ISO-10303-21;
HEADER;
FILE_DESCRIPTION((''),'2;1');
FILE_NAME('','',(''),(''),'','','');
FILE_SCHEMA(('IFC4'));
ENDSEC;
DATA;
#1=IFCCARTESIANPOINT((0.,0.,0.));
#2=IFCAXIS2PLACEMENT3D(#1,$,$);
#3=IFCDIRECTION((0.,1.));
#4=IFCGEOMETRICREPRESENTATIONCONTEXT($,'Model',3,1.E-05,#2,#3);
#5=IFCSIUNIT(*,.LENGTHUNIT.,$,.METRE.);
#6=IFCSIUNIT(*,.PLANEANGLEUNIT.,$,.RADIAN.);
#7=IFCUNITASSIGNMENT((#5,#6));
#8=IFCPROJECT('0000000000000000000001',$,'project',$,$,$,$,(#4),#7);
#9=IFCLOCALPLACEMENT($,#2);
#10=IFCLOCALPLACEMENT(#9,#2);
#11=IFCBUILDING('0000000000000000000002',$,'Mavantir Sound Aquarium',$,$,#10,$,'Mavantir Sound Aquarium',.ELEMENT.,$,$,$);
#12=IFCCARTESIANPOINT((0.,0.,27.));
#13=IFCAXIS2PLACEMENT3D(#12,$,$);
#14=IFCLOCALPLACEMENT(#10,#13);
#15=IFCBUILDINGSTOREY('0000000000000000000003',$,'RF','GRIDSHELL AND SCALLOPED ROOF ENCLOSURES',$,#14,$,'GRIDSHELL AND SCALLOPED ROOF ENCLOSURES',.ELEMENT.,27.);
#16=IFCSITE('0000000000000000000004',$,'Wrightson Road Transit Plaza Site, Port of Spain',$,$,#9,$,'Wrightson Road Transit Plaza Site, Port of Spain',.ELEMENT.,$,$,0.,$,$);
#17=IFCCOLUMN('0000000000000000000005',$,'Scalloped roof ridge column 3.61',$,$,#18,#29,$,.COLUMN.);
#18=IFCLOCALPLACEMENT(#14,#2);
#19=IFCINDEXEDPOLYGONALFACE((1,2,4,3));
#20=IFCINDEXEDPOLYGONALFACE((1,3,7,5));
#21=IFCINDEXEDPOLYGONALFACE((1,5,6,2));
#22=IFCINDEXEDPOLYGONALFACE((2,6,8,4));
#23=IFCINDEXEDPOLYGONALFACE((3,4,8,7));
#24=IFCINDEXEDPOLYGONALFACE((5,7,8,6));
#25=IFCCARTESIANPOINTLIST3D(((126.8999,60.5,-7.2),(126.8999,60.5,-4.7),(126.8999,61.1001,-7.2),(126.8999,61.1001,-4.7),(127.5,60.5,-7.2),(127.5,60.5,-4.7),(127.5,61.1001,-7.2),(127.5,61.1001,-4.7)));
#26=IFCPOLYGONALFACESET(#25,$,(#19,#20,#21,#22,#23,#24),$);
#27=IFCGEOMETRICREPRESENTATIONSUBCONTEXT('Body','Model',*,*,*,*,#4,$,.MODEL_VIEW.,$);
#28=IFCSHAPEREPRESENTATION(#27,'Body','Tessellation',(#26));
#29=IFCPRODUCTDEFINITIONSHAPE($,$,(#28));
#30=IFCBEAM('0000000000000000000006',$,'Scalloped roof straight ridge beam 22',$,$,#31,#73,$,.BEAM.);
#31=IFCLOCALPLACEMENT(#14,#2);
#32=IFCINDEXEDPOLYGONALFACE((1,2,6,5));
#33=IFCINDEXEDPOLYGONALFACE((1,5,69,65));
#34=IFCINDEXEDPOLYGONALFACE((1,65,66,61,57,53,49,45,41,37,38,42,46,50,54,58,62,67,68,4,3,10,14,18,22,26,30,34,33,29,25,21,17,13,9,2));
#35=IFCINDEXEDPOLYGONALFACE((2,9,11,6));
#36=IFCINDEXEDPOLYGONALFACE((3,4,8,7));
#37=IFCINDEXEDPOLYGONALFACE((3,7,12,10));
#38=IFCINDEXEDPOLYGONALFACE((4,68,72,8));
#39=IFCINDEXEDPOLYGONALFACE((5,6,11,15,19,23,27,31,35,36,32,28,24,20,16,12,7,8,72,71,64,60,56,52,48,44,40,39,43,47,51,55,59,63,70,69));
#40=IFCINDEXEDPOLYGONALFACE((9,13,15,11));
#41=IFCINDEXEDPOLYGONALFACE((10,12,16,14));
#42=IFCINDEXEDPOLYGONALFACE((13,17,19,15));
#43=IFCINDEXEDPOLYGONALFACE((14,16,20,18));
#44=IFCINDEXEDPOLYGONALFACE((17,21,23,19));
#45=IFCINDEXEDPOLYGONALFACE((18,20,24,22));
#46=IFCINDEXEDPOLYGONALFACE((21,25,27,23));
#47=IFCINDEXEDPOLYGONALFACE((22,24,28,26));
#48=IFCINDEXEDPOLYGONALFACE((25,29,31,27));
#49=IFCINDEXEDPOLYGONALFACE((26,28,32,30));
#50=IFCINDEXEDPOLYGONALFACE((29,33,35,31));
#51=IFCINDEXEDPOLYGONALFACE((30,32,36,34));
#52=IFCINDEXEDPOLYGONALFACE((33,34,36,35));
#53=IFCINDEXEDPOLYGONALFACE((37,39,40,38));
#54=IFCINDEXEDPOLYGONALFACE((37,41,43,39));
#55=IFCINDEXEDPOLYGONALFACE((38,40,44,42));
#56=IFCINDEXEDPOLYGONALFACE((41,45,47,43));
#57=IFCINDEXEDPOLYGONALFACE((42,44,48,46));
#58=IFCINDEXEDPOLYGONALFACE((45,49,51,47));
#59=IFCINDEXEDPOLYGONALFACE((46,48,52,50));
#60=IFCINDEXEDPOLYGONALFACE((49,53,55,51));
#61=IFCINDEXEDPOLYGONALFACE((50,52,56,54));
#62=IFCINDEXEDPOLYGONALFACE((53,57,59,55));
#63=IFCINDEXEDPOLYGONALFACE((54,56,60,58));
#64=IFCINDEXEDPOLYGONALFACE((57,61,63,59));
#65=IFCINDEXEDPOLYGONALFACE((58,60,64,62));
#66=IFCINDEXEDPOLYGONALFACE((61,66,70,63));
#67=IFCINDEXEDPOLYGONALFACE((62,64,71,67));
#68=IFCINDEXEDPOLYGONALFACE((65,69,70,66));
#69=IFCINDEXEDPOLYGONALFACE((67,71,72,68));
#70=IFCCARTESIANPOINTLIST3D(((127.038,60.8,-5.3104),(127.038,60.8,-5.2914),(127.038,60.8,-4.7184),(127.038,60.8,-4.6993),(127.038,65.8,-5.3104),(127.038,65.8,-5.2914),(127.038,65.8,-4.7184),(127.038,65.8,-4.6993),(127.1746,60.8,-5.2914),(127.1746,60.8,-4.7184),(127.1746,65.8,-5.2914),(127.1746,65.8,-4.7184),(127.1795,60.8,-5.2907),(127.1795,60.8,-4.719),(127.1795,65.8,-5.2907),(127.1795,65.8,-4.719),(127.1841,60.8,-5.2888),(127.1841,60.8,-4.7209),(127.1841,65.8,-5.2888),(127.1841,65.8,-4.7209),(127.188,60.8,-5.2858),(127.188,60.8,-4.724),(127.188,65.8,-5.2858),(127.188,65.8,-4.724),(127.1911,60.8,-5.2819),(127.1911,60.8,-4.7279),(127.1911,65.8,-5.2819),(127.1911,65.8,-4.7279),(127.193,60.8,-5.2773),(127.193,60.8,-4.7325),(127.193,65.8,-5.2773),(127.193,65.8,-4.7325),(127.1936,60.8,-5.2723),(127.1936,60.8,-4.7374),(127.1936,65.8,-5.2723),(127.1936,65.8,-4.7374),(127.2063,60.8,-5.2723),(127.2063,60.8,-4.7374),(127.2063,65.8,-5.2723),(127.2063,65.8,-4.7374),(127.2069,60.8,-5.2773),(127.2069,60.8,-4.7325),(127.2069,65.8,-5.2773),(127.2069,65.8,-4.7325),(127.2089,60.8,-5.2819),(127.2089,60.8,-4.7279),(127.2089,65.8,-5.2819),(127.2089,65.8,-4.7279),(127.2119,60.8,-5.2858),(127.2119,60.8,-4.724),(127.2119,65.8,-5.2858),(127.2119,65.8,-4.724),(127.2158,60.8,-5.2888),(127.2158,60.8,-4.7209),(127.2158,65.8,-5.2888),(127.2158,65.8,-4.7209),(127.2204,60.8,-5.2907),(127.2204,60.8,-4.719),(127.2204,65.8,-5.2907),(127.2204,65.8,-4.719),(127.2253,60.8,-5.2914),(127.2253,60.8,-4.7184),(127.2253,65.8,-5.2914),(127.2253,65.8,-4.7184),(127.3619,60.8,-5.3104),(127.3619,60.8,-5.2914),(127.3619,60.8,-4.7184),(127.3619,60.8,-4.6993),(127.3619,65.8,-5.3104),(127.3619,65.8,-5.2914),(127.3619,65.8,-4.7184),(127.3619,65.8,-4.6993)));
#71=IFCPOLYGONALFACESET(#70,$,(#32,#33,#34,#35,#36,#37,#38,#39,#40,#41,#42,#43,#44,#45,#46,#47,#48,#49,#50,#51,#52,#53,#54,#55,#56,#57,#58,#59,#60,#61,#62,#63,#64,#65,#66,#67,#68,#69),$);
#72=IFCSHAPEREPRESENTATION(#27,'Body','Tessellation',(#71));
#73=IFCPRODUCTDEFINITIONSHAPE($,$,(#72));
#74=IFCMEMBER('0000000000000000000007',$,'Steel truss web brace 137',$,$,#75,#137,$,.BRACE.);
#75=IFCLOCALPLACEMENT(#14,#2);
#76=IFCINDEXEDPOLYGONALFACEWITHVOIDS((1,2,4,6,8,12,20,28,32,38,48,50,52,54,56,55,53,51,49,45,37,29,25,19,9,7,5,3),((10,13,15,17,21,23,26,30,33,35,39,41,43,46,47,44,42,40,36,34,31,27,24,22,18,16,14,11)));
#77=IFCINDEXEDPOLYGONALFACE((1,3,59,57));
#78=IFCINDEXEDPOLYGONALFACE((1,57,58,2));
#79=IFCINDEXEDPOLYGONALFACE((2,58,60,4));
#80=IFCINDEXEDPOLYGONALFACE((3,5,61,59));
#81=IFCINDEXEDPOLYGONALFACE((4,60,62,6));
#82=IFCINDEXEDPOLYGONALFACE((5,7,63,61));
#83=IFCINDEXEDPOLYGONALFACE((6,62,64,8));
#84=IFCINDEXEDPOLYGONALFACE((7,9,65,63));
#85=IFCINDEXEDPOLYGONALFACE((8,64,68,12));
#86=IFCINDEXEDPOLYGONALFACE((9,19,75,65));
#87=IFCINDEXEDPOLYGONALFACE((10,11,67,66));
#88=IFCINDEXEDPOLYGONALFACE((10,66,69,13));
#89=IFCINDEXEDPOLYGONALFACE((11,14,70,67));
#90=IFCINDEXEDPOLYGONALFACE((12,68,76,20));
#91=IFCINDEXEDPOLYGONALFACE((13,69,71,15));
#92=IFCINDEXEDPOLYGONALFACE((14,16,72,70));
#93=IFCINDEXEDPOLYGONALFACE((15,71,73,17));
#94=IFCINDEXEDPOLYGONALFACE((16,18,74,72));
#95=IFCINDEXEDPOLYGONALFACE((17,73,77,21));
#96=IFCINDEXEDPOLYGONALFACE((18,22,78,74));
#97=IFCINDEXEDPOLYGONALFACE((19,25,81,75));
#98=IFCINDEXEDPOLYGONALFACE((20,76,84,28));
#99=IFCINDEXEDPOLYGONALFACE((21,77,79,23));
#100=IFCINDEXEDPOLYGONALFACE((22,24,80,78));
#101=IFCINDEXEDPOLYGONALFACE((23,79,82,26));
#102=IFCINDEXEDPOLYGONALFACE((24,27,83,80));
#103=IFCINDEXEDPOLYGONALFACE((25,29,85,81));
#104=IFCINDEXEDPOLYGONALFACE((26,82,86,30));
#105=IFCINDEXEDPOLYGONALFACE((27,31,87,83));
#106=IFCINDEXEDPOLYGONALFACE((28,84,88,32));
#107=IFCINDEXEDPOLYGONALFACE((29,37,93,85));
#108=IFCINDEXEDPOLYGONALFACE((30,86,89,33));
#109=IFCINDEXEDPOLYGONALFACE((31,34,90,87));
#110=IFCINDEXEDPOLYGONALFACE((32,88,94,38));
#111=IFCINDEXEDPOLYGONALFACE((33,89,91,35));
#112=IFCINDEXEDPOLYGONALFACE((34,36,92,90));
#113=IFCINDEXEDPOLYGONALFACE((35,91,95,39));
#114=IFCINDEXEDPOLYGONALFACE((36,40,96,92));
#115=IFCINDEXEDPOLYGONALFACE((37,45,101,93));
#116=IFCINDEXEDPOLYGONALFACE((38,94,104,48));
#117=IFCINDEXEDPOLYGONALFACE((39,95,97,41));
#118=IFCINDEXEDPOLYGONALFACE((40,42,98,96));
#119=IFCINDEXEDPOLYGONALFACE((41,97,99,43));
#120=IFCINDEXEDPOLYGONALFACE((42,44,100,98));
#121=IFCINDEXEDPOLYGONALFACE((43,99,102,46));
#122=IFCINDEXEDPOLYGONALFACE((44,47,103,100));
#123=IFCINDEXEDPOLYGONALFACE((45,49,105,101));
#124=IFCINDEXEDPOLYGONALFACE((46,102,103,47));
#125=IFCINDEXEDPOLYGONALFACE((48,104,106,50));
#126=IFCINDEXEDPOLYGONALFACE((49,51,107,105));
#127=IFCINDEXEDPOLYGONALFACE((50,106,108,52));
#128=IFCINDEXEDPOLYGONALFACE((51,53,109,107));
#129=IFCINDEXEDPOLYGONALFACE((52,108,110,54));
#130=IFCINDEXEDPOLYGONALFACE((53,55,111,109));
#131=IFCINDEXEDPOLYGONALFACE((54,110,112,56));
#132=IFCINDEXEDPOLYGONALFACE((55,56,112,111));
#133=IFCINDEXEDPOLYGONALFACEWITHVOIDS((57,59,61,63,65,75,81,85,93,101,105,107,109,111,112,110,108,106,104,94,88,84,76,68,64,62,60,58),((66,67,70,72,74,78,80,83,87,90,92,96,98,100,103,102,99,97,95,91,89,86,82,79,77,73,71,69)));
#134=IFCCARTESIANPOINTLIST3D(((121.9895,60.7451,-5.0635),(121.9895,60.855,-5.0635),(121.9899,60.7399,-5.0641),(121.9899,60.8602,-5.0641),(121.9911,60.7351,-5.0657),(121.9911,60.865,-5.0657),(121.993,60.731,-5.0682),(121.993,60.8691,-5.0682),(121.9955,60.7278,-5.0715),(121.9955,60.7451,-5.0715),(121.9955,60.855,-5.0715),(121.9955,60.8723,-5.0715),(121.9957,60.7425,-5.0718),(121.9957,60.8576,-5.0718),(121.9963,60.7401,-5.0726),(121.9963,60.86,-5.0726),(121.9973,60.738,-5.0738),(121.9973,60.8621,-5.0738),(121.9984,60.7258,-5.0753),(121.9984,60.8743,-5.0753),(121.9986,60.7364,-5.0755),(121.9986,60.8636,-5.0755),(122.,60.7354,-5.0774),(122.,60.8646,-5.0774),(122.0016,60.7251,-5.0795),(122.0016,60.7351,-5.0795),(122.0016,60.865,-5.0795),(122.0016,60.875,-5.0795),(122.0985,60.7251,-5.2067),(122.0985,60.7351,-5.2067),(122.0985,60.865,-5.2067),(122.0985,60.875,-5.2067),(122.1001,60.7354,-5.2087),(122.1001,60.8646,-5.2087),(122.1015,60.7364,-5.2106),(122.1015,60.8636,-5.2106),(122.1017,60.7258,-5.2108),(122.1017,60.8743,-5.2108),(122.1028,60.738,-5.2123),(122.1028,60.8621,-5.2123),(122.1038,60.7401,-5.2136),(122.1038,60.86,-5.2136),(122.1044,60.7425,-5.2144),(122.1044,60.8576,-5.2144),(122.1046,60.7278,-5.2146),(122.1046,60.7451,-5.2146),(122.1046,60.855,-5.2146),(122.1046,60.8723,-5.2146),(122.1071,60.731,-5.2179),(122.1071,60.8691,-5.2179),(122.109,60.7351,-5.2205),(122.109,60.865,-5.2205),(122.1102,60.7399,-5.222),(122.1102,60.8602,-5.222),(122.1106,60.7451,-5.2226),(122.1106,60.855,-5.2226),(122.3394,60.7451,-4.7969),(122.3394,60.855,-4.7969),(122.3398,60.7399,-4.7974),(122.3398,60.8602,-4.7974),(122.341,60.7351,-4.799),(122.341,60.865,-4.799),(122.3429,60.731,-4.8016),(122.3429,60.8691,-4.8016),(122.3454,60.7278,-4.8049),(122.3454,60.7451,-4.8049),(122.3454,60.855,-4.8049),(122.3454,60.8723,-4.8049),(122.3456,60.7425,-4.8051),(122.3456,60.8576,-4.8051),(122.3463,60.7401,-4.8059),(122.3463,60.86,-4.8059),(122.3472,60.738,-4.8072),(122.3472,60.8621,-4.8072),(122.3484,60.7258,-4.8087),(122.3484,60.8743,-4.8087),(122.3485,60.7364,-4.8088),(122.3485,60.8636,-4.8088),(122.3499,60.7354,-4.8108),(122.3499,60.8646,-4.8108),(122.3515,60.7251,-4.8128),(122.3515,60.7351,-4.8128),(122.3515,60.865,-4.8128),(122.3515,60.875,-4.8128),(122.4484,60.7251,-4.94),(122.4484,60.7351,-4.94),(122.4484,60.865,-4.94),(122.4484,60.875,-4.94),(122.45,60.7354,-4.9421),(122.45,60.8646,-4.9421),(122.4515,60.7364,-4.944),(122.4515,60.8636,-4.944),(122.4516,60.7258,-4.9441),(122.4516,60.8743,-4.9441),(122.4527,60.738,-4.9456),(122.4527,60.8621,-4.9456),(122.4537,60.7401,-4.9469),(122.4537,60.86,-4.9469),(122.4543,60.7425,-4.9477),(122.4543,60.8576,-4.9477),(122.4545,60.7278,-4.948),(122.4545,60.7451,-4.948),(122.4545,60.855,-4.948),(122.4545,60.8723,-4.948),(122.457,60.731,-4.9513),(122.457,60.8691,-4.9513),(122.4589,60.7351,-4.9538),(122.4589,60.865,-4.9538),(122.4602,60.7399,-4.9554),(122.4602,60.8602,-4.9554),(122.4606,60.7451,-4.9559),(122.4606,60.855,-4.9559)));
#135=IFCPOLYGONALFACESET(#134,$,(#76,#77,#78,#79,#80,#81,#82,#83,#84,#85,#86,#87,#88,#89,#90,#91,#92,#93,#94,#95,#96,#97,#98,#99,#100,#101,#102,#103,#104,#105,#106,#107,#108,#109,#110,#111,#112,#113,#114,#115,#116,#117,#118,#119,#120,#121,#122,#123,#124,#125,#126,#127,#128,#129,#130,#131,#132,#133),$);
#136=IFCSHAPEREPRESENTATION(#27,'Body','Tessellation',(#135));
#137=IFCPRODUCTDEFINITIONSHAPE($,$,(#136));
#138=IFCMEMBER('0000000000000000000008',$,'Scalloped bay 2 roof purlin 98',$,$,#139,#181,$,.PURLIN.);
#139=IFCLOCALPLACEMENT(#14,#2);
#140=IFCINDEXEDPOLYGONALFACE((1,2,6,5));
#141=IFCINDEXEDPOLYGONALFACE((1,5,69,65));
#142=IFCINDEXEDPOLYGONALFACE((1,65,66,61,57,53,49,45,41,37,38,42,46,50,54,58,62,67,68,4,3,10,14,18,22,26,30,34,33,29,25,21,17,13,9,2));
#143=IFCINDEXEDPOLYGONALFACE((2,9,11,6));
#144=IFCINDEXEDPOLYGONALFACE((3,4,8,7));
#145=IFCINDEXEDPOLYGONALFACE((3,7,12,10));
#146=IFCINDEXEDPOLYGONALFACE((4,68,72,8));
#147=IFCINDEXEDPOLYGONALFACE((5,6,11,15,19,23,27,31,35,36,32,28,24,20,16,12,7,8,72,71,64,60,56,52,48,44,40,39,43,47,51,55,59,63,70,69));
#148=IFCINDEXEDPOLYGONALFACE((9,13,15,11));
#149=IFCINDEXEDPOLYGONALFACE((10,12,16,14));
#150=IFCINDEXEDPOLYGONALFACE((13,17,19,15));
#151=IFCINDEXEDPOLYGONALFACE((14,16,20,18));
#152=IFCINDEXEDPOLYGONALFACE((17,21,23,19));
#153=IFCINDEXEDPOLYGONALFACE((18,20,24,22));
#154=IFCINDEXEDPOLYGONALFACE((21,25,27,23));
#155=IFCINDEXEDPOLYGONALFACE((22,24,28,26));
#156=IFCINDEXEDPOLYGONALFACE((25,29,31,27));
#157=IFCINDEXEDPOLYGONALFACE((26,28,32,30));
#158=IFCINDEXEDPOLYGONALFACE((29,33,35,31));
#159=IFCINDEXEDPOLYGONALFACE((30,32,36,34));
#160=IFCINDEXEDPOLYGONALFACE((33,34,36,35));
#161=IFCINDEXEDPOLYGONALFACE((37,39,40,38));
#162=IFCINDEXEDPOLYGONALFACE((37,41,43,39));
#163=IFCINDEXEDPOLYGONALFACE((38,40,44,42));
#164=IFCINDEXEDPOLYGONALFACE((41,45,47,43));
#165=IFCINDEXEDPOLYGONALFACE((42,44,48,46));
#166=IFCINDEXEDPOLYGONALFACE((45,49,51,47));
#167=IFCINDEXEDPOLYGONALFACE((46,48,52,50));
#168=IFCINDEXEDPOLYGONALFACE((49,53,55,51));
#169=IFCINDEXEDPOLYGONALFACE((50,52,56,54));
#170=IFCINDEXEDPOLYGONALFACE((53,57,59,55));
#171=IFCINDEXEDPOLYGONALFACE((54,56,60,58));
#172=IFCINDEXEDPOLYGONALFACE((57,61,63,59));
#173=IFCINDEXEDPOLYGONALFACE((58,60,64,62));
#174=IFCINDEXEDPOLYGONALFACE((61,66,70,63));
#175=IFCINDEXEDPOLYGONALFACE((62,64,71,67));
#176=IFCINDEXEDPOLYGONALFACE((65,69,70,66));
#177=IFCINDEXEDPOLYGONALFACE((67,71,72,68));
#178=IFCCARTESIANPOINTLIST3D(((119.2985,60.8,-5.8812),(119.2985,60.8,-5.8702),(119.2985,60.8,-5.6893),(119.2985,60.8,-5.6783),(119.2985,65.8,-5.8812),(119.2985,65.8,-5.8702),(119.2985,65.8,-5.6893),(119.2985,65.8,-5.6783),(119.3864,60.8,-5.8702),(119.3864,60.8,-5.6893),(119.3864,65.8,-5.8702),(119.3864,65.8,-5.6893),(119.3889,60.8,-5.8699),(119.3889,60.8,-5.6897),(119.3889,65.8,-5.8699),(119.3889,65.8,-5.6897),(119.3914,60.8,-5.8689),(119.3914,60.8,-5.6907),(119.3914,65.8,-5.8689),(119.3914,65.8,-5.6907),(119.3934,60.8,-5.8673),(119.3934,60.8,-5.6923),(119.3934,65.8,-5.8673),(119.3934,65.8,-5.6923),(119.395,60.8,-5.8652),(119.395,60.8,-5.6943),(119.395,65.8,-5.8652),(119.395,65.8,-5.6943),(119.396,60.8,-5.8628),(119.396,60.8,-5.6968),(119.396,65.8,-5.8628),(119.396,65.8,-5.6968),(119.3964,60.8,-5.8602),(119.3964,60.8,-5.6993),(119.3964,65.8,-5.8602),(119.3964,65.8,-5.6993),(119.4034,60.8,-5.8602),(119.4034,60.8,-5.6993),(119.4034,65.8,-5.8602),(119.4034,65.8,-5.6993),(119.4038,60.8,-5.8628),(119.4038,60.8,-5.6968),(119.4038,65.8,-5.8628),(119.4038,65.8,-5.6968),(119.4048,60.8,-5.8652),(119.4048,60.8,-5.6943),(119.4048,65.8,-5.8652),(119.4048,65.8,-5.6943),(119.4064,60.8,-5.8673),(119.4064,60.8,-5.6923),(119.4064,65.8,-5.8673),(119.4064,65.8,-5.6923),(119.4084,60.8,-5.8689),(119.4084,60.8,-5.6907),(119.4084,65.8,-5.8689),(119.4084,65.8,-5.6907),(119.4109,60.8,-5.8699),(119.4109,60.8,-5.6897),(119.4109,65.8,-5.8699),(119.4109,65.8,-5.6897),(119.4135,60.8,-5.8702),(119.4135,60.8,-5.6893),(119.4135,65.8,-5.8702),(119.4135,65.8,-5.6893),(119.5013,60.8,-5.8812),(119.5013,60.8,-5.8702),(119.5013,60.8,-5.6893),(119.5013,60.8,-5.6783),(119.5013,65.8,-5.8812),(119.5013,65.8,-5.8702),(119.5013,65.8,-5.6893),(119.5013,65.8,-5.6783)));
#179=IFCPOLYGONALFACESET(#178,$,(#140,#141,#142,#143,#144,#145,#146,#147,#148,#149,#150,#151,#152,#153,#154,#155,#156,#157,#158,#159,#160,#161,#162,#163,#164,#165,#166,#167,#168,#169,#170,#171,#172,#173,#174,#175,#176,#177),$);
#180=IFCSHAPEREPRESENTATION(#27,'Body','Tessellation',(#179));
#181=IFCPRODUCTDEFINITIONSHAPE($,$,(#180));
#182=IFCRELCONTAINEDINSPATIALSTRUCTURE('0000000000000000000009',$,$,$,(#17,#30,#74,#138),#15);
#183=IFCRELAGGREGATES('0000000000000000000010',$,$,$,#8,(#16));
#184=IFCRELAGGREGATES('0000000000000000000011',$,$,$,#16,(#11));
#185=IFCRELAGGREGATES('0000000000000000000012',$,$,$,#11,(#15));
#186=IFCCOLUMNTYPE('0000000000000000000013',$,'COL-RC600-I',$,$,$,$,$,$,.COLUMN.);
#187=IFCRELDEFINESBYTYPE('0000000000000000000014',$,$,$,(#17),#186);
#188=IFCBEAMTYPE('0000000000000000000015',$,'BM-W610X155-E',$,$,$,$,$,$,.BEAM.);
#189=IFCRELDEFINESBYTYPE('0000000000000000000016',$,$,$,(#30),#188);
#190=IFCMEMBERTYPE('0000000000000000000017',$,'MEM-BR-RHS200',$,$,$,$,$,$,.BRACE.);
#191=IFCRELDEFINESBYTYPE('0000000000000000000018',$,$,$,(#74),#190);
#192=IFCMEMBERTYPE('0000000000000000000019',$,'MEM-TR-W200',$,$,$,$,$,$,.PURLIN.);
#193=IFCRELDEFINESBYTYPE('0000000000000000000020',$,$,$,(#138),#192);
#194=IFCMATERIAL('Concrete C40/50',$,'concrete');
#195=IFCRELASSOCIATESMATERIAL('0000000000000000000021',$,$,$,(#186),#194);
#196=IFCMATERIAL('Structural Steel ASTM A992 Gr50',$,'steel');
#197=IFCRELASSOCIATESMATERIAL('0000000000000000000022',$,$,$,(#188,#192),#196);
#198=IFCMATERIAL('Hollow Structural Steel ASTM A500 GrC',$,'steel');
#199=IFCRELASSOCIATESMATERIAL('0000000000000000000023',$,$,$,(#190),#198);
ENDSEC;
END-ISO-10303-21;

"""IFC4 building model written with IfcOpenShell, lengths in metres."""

from ifc_helpers import new_model, si_unit, direction, frame, origin, origin_2d, place, context, subcontext, project, spatial, rectangle, hollow_rectangle, i_section, extrude, material, material_profile, profile_set, type_object, element, save


model = new_model("IFC4")

# Units and contexts
model_context = context("Model", 3, precision=1e-05, world=origin(), true_north=direction((0.0, 1.0)))
body_context = subcontext(model_context, "Body", "Model", "MODEL_VIEW")
ifc_project = project(units=[si_unit("LENGTHUNIT", "METRE"), si_unit("PLANEANGLEUNIT", "RADIAN")], contexts=[model_context])

# Site, building, storey
site_placement = place(None, origin())
site = spatial("IfcSite", under=ifc_project, at=site_placement, Name="Wrightson Road Transit Plaza Site, Port of Spain", LongName="Wrightson Road Transit Plaza Site, Port of Spain", CompositionType="ELEMENT", RefElevation=0.0)
building_placement = place(site_placement, origin())
building = spatial("IfcBuilding", under=site, at=building_placement, Name="Mavantir Sound Aquarium", LongName="Mavantir Sound Aquarium", CompositionType="ELEMENT")
storey_placement = place(building_placement, frame((0.0, 0.0, 27.0)))
storey = spatial("IfcBuildingStorey", under=building, at=storey_placement, Name="RF", Description="GRIDSHELL AND SCALLOPED ROOF ENCLOSURES", LongName="GRIDSHELL AND SCALLOPED ROOF ENCLOSURES", CompositionType="ELEMENT", Elevation=27.0)

# Column
ifc_material_1 = material(Name="Concrete C40/50", Category="concrete")
ifc_material_profile_1 = material_profile(ifc_material_1, rectangle(XDim=0.6001, YDim=0.6001, at=origin_2d()), Name="RC 600X600")
ifc_profile_set_1 = profile_set([ifc_material_profile_1], Name="Concrete C40/50")
column_type = type_object("IfcColumnType", Name="COL-RC600-I", PredefinedType="COLUMN", material=ifc_profile_set_1)
column_placement = place(storey_placement, frame((127.2, 60.8, -7.2), z_axis=(0.0, 0.0, 1.0), x_axis=(1.0, 0.0, 0.0)))
element("IfcColumn", 1, at=column_placement, inside=storey, type_object=column_type, Name="Scalloped roof ridge column 3.61", PredefinedType="COLUMN", context=body_context, shape_type="SweptSolid", body=[
    extrude(rectangle(XDim=0.6001, YDim=0.6001, at=origin_2d()), origin(), (0.0, 0.0, 1.0), 2.5),
])

# Beam
ifc_material_2 = material(Name="Structural Steel ASTM A992 Gr50", Category="steel")
ifc_material_profile_2 = material_profile(ifc_material_2, i_section(OverallWidth=0.324, OverallDepth=0.6111, WebThickness=0.0127, FlangeThickness=0.019, FilletRadius=0.019, at=origin_2d()), Name="W610X155")
ifc_profile_set_2 = profile_set([ifc_material_profile_2], Name="Structural Steel ASTM A992 Gr50")
beam_type = type_object("IfcBeamType", Name="BM-W610X155-E", PredefinedType="BEAM", material=ifc_profile_set_2)
beam_placement = place(storey_placement, frame((127.2, 60.8, -5.0049), z_axis=(0.0, 1.0, 0.0), x_axis=(-1.0, 0.0, 0.0)))
element("IfcBeam", 2, at=beam_placement, inside=storey, type_object=beam_type, Name="Scalloped roof straight ridge beam 22", PredefinedType="BEAM", context=body_context, shape_type="SweptSolid", body=[
    extrude(i_section(OverallWidth=0.324, OverallDepth=0.6111, WebThickness=0.0127, FlangeThickness=0.019, FilletRadius=0.019, at=origin_2d()), origin(), (0.0, 0.0, 1.0), 5.0),
])

# Members
ifc_material_3 = material(Name="Hollow Structural Steel ASTM A500 GrC", Category="steel")
ifc_material_profile_3 = material_profile(ifc_material_3, hollow_rectangle(XDim=0.1499, YDim=0.2, WallThickness=0.01, InnerFilletRadius=0.01, OuterFilletRadius=0.02, at=origin_2d()), Name="RHS 200X150X10")
ifc_profile_set_3 = profile_set([ifc_material_profile_3], Name="Hollow Structural Steel ASTM A500 GrC")
member_type_1 = type_object("IfcMemberType", Name="MEM-BR-RHS200", PredefinedType="BRACE", material=ifc_profile_set_3)
member_1_placement = place(storey_placement, frame((122.05, 60.8, -5.1431), z_axis=(0.795381, 0.0, 0.60611), x_axis=(0.0, 1.0, 0.0)))
element("IfcMember", 3, at=member_1_placement, inside=storey, type_object=member_type_1, Name="Steel truss web brace 137", PredefinedType="BRACE", context=body_context, shape_type="SweptSolid", body=[
    extrude(hollow_rectangle(XDim=0.1499, YDim=0.2, WallThickness=0.01, InnerFilletRadius=0.01, OuterFilletRadius=0.02, at=origin_2d()), origin(), (0.0, 0.0, 1.0), 0.4399),
])
ifc_material_profile_4 = material_profile(ifc_material_2, i_section(OverallWidth=0.2029, OverallDepth=0.2029, WebThickness=0.0071, FlangeThickness=0.011, FilletRadius=0.01, at=origin_2d()), Name="W200X46")
ifc_profile_set_4 = profile_set([ifc_material_profile_4], Name="Structural Steel ASTM A992 Gr50")
member_type_2 = type_object("IfcMemberType", Name="MEM-TR-W200", PredefinedType="PURLIN", material=ifc_profile_set_4)
for number, where, z_axis, x_axis, name in (
    (4, (119.3999, 60.8, -5.7798), (0.0, 1.0, 0.0), (-1.0, 0.0, 0.0), "Scalloped bay 2 roof purlin 98"),
):
    element("IfcMember", number, at=place(storey_placement, frame(where, z_axis=z_axis, x_axis=x_axis)), inside=storey, type_object=member_type_2, Name=name, PredefinedType="PURLIN", context=body_context, shape_type="SweptSolid", body=[
        extrude(i_section(OverallWidth=0.2029, OverallDepth=0.2029, WebThickness=0.0071, FlangeThickness=0.011, FilletRadius=0.01, at=origin_2d()), origin(), (0.0, 0.0, 1.0), 5.0),
    ])

save(model, "model.ifc")
